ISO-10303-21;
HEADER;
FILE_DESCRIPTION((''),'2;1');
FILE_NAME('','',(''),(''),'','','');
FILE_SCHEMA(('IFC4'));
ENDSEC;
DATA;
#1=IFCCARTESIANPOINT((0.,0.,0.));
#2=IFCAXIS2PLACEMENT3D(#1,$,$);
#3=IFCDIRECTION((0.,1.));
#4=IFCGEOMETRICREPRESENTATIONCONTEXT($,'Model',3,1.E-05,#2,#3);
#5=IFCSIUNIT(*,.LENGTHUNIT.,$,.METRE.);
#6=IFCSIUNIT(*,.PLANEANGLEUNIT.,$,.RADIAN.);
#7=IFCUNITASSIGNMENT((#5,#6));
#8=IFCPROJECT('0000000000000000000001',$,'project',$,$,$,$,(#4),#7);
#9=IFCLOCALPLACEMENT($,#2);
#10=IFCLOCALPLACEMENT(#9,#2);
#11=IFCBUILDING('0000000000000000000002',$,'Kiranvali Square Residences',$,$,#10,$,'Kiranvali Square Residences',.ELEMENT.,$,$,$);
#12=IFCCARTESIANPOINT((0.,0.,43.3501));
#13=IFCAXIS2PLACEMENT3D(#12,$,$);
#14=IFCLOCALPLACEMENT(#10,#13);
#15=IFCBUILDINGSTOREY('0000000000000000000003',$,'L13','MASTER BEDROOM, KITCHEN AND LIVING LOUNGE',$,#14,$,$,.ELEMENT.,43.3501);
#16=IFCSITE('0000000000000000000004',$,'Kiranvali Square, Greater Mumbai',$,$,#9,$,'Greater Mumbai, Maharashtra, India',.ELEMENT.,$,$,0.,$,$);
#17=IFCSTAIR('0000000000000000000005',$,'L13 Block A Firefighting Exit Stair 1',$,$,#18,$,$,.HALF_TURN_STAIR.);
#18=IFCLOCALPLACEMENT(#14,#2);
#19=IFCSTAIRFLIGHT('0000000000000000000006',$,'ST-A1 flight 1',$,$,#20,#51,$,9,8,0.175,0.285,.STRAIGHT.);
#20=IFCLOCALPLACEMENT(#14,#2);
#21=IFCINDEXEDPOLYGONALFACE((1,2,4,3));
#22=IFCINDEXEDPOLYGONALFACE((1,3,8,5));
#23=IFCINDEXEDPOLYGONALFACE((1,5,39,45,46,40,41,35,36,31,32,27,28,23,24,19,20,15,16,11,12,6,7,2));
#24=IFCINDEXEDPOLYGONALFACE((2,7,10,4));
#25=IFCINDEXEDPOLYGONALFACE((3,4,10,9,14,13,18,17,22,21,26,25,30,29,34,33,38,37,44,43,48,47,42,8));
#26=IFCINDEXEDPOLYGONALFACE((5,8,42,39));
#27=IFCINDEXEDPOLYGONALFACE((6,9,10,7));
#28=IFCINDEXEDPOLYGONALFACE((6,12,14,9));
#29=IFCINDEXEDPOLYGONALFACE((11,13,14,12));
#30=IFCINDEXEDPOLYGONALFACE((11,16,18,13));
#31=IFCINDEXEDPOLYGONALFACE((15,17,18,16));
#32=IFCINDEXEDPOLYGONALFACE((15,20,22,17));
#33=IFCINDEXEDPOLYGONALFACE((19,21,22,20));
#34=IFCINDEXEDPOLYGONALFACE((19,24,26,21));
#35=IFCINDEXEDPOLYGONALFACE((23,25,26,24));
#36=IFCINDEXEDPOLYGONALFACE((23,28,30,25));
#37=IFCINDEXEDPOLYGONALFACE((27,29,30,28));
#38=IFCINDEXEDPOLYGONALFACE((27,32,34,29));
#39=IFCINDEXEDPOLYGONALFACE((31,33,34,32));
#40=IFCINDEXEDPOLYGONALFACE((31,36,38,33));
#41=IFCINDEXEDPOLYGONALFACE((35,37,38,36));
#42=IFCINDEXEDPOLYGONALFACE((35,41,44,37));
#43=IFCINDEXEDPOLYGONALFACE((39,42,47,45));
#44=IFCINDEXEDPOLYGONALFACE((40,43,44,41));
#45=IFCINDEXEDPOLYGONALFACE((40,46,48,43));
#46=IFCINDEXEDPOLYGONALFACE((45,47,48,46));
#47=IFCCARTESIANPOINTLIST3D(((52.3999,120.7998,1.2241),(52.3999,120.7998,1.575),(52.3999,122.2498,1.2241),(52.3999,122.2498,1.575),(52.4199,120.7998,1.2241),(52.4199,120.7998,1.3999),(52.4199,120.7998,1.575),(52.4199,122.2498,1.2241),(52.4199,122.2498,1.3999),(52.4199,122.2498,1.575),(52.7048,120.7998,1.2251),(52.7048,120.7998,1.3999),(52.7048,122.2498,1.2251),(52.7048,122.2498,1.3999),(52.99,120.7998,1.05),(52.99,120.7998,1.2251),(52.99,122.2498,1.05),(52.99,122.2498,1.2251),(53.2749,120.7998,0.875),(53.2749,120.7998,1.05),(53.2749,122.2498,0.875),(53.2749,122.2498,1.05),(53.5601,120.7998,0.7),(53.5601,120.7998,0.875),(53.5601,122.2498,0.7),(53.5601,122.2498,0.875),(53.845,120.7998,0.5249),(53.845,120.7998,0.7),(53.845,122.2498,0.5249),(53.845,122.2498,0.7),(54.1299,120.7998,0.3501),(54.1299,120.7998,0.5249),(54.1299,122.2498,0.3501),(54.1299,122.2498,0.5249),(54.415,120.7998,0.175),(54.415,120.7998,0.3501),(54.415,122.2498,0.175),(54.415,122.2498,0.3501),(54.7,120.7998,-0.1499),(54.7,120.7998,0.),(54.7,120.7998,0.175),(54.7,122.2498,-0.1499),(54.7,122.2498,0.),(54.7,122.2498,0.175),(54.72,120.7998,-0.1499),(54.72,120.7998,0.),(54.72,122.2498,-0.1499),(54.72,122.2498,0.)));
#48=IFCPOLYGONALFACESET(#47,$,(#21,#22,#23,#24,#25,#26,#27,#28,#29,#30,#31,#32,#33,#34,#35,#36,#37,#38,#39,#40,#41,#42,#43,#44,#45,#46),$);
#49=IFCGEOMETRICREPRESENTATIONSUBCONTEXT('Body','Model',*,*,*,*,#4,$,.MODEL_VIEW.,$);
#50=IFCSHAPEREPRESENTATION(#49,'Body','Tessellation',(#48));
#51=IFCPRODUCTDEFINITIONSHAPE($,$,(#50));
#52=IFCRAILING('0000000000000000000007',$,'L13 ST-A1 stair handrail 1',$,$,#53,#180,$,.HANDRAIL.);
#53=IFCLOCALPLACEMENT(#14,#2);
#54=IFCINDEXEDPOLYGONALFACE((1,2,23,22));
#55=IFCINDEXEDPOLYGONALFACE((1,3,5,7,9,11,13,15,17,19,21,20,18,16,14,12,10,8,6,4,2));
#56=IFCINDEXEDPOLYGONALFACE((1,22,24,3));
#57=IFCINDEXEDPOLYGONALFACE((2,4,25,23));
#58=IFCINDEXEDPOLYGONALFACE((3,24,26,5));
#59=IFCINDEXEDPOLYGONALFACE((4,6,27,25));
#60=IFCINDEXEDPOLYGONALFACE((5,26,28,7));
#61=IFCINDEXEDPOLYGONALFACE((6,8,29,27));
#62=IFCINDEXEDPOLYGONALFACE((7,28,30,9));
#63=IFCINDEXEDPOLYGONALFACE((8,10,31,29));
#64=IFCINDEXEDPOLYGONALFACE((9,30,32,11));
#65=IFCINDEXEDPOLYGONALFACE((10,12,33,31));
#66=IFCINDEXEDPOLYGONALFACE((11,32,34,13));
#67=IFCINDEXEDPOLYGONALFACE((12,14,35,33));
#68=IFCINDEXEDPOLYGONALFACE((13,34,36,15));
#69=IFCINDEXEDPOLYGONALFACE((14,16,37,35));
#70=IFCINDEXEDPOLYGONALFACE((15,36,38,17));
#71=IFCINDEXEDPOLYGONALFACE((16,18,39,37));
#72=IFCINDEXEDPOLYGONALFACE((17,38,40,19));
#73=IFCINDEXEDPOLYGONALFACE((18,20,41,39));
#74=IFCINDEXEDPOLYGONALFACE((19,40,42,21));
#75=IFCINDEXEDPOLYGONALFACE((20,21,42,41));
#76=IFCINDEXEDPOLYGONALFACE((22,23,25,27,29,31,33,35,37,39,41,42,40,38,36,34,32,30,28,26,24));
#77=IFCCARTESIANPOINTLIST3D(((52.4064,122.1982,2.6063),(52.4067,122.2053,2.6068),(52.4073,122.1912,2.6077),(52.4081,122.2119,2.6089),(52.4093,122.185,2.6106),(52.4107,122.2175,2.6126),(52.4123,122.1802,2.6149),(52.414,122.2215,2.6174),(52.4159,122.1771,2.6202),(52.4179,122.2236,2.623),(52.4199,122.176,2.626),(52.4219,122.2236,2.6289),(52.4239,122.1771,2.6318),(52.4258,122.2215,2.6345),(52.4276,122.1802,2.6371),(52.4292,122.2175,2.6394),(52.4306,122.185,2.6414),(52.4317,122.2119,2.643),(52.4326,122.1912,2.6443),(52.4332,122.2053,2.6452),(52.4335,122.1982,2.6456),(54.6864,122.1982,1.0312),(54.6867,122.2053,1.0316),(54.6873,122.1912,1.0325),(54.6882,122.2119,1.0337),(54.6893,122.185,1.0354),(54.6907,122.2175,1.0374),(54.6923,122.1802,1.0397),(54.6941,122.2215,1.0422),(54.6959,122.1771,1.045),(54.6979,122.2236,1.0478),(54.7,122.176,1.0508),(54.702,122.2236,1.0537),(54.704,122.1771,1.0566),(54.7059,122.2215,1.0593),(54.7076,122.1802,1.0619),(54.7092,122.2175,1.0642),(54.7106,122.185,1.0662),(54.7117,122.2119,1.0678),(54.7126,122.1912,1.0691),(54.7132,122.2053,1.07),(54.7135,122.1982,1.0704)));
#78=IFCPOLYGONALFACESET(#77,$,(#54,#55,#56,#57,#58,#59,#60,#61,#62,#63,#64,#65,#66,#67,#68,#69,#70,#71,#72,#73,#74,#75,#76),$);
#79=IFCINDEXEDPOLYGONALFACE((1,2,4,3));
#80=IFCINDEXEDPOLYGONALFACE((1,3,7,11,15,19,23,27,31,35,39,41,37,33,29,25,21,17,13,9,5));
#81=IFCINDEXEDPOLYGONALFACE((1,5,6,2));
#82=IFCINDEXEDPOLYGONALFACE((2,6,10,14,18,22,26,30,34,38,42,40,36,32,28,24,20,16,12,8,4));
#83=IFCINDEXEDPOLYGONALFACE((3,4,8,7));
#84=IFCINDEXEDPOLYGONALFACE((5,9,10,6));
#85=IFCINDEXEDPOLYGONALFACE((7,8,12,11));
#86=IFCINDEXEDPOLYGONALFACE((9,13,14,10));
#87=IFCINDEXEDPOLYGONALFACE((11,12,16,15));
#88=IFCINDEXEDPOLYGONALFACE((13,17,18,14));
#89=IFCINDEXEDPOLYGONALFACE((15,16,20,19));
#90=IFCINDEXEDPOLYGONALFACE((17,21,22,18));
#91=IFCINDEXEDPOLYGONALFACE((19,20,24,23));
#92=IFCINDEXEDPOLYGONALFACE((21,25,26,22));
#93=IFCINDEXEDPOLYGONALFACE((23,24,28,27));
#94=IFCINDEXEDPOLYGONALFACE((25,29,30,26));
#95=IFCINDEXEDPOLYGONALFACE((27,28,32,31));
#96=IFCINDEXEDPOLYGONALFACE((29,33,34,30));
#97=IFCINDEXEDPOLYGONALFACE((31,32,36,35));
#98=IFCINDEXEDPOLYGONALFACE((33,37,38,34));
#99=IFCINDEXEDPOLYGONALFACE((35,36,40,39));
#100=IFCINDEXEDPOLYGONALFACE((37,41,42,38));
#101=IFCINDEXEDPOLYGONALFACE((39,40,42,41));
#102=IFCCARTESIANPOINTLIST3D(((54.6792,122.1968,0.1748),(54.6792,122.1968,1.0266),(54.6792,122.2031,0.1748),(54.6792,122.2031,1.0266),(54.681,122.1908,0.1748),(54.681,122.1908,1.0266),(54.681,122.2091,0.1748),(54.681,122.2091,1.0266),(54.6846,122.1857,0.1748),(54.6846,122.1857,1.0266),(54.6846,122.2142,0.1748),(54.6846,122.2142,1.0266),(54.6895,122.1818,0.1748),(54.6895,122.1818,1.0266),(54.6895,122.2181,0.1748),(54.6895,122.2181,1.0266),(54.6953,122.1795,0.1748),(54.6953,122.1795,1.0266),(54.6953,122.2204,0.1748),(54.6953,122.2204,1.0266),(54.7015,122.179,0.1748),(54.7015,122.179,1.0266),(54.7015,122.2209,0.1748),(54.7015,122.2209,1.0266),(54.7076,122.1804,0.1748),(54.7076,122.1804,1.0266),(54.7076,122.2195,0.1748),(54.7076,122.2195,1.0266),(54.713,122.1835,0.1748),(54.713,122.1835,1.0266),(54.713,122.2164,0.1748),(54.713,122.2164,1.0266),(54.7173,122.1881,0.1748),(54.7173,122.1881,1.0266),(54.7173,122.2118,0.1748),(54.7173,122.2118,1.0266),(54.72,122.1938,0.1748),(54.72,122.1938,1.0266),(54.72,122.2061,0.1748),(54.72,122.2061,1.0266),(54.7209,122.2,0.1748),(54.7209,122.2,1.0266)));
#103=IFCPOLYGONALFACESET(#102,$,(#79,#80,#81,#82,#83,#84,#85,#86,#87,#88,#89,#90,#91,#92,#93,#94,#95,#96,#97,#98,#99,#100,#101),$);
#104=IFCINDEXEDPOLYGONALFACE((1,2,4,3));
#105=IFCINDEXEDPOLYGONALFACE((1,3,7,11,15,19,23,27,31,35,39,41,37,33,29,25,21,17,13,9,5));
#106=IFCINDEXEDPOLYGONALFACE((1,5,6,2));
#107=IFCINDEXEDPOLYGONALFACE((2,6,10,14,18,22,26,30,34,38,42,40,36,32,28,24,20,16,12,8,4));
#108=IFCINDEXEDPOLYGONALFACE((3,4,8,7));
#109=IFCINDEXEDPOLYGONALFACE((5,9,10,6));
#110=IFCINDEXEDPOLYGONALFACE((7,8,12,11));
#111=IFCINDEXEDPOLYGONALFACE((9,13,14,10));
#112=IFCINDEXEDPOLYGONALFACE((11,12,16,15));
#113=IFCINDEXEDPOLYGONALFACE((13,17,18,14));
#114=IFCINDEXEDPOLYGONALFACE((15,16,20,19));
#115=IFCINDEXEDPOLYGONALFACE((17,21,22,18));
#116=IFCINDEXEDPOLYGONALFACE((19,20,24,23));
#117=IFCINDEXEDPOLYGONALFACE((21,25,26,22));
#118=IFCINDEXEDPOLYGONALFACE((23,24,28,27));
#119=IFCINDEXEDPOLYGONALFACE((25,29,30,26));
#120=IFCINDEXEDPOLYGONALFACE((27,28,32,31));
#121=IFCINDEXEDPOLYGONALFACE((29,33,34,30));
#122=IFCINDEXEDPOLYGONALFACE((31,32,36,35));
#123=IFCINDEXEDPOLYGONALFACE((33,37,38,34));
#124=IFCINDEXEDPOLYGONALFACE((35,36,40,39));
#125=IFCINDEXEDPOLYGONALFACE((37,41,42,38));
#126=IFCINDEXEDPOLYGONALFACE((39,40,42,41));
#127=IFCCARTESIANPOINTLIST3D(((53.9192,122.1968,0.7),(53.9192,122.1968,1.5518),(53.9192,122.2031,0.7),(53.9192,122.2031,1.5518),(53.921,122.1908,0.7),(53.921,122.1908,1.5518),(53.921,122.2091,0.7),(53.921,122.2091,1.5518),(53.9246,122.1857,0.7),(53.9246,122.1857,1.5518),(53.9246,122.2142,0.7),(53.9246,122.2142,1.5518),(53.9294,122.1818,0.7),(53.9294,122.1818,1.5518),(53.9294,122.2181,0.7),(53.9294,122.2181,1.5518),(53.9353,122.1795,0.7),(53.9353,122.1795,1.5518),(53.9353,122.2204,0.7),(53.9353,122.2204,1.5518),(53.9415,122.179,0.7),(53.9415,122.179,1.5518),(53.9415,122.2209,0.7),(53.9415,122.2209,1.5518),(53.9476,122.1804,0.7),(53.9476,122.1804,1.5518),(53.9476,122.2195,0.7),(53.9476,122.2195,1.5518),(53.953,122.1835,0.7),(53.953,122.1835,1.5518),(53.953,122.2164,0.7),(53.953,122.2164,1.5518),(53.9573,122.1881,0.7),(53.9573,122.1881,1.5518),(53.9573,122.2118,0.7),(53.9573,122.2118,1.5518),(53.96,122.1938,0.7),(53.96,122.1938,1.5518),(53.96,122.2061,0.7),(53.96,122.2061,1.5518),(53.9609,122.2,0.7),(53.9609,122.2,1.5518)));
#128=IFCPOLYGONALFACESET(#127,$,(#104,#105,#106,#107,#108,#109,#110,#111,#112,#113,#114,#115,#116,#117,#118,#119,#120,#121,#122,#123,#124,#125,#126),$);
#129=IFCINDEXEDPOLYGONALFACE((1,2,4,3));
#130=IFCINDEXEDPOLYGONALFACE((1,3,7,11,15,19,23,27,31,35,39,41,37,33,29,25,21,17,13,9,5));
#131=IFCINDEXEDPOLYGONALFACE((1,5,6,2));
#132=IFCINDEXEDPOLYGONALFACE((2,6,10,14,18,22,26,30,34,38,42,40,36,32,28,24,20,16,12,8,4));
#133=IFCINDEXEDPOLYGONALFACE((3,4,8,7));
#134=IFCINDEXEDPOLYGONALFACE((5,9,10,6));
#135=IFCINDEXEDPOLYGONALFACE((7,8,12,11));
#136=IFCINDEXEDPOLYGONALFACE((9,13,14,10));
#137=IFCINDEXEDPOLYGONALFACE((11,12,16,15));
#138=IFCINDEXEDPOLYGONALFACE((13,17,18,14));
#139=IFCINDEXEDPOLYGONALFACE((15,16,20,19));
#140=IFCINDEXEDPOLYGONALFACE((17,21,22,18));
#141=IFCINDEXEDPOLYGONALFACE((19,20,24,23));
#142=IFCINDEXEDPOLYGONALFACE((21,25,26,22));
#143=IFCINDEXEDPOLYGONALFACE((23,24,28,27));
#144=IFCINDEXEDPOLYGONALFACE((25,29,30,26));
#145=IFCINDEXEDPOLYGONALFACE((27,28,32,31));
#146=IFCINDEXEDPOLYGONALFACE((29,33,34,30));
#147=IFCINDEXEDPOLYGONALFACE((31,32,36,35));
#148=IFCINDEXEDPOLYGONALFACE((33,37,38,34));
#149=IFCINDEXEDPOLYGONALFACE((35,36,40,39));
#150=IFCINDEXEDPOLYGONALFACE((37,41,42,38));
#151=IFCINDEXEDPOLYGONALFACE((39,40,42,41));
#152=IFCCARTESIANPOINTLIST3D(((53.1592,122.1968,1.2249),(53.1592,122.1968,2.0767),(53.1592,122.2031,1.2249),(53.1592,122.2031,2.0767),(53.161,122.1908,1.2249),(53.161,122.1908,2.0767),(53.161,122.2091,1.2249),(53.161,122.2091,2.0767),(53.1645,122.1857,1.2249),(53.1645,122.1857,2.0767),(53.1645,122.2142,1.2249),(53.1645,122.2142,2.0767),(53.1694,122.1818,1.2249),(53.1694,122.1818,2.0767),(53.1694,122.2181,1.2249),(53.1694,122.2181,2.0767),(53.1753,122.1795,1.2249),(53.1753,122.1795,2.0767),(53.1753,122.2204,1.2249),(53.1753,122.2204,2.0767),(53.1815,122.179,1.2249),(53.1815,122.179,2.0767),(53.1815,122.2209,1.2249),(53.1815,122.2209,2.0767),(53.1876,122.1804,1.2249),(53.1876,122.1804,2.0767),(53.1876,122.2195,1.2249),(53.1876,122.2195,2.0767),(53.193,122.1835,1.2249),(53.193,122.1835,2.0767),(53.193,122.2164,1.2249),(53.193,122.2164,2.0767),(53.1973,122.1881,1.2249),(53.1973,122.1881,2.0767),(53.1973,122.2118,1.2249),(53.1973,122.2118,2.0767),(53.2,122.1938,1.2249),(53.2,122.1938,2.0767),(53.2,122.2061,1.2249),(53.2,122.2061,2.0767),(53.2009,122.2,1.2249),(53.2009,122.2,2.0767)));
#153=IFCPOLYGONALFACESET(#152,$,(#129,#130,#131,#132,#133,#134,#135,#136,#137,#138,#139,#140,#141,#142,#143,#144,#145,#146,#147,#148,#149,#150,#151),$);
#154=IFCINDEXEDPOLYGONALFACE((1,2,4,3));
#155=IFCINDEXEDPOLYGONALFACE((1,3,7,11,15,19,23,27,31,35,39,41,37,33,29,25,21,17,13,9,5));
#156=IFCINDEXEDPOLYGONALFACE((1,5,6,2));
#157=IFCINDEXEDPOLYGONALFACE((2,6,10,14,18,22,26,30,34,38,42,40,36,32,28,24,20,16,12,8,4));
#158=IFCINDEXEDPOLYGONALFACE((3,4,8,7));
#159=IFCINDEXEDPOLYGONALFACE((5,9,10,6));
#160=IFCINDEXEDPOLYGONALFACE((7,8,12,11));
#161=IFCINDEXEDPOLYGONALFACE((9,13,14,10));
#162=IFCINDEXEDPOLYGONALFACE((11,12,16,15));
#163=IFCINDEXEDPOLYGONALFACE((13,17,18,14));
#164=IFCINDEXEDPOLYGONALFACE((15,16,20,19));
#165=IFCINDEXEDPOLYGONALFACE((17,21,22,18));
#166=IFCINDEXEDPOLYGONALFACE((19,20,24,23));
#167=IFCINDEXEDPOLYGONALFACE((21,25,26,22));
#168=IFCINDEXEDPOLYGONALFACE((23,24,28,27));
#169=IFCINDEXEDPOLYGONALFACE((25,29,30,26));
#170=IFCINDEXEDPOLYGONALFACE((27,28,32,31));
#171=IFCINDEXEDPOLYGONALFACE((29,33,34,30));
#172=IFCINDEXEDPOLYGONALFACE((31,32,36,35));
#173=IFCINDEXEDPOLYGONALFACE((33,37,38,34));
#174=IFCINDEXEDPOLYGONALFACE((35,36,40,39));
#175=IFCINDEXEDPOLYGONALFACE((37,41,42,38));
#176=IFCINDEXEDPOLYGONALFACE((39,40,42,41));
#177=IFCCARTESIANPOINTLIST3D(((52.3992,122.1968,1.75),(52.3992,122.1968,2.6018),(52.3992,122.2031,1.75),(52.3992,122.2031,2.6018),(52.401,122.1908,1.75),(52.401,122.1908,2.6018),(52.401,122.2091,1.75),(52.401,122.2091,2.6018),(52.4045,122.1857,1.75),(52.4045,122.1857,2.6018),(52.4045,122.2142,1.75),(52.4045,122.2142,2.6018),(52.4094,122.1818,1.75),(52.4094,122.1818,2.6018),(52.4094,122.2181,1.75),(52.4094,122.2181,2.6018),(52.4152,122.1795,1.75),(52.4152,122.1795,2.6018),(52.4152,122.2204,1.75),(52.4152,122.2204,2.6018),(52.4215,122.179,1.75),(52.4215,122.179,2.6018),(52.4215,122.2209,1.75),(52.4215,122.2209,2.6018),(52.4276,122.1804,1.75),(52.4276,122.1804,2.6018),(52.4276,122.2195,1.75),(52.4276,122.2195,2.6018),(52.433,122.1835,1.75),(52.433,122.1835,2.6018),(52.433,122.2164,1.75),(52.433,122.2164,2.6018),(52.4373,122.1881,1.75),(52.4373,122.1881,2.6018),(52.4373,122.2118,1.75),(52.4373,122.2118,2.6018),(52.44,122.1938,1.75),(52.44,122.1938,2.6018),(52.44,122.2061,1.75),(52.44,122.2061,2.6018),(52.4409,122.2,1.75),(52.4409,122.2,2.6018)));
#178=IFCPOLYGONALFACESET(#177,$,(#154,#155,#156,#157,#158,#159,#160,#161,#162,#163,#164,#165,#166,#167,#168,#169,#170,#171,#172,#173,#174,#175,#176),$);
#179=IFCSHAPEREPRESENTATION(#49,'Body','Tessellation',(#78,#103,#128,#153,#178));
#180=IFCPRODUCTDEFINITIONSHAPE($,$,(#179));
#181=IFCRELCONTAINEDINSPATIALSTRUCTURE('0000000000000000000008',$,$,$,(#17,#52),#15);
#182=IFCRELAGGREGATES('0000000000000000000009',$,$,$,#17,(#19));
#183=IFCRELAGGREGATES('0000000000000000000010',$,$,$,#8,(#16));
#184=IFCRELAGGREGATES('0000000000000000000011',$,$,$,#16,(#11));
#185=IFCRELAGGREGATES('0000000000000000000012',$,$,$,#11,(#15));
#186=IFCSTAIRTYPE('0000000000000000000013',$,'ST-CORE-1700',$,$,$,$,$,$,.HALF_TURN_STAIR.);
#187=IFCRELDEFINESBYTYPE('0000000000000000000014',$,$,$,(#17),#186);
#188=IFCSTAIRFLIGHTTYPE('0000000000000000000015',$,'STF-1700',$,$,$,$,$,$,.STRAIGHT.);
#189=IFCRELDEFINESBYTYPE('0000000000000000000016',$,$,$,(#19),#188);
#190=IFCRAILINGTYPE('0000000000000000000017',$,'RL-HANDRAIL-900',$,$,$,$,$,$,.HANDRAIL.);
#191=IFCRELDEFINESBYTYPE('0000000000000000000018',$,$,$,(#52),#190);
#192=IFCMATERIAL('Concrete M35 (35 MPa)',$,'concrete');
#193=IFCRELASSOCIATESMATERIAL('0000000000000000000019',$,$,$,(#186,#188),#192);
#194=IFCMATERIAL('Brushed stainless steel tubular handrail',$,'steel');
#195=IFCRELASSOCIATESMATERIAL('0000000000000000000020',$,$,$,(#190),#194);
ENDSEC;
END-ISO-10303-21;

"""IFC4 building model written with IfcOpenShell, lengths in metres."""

from ifc_helpers import new_model, si_unit, direction, frame, origin, origin_2d, place, context, subcontext, project, spatial, polyline, circle, outline, extrude, material, type_object, element, aggregate, save


model = new_model("IFC4")

# Units and contexts
model_context = context("Model", 3, precision=1e-05, world=origin(), true_north=direction((0.0, 1.0)))
body_context = subcontext(model_context, "Body", "Model", "MODEL_VIEW")
ifc_project = project(units=[si_unit("LENGTHUNIT", "METRE"), si_unit("PLANEANGLEUNIT", "RADIAN")], contexts=[model_context])

# Site, building, storey
site_placement = place(None, origin())
site = spatial("IfcSite", under=ifc_project, at=site_placement, Name="Kiranvali Square, Greater Mumbai", LongName="Greater Mumbai, Maharashtra, India", CompositionType="ELEMENT", RefElevation=0.0)
building_placement = place(site_placement, origin())
building = spatial("IfcBuilding", under=site, at=building_placement, Name="Kiranvali Square Residences", LongName="Kiranvali Square Residences", CompositionType="ELEMENT")
storey_placement = place(building_placement, frame((0.0, 0.0, 43.3501)))
storey = spatial("IfcBuildingStorey", under=building, at=storey_placement, Name="L13", Description="MASTER BEDROOM, KITCHEN AND LIVING LOUNGE", CompositionType="ELEMENT", Elevation=43.3501)

# Stair, stair flight
ifc_material_1 = material(Name="Concrete M35 (35 MPa)", Category="concrete")
stair_type = type_object("IfcStairType", Name="ST-CORE-1700", PredefinedType="HALF_TURN_STAIR", material=ifc_material_1)
stair_placement = place(storey_placement, origin())
stair = element("IfcStair", 1, at=stair_placement, inside=storey, type_object=stair_type, Name="L13 Block A Firefighting Exit Stair 1", PredefinedType="HALF_TURN_STAIR")
stair_flight_type = type_object("IfcStairFlightType", Name="STF-1700", PredefinedType="STRAIGHT", material=ifc_material_1)
stair_flight_placement = place(storey_placement, frame((54.7, 121.5249, 0.0), z_axis=(0.0, 0.0, 1.0), x_axis=(-1.0, 0.0, 0.0)))
stair_flight = element("IfcStairFlight", 2, at=stair_flight_placement, type_object=stair_flight_type, Name="ST-A1 flight 1", NumberOfRisers=9, NumberOfTreads=8, PredefinedType="STRAIGHT", RiserHeight=0.175, TreadLength=0.285, context=body_context, shape_type="SweptSolid", body=[
    extrude(outline(polyline([(-0.02, -0.1499), (-0.02, 0.0), (0.0, 0.0), (0.0, 0.175), (0.2849, 0.175), (0.2849, 0.3501), (0.5701, 0.3501), (0.5701, 0.5249), (0.855, 0.5249), (0.855, 0.7), (1.1399, 0.7), (1.1399, 0.875), (1.425, 0.875), (1.425, 1.05), (1.71, 1.05), (1.71, 1.2251), (1.9951, 1.2251), (1.9951, 1.3999), (2.28, 1.3999), (2.28, 1.575), (2.3, 1.575), (2.3, 1.2241), (2.28, 1.2241), (0.0, -0.1499), (-0.02, -0.1499)])), frame((0.0, 0.7251, 0.0), z_axis=(0.0, -1.0, 0.0), x_axis=(1.0, 0.0, 0.0)), (0.0, 0.0, 1.0), 1.45),
])
aggregate(stair, [stair_flight])

# Railing
ifc_material_2 = material(Name="Brushed stainless steel tubular handrail", Category="steel")
railing_type_1 = type_object("IfcRailingType", Name="RL-HANDRAIL-900", PredefinedType="HANDRAIL", material=ifc_material_2)
railing_1_placement = place(storey_placement, frame((54.7, 122.2, 0.1748)))
element("IfcRailing", 3, at=railing_1_placement, inside=storey, type_object=railing_type_1, Name="L13 ST-A1 stair handrail 1", PredefinedType="HANDRAIL", context=body_context, shape_type="SweptSolid", body=[
    extrude(circle(Radius=0.0239, at=origin_2d()), frame((0.0, 0.0, 0.876), z_axis=(-0.822747, 0.0, 0.568408), x_axis=(0.0, -1.0, 0.0)), (0.0, 0.0, 1.0), 2.7712),
    extrude(circle(Radius=0.021, at=origin_2d()), origin(), (0.0, 0.0, 1.0), 0.8518),
    extrude(circle(Radius=0.021, at=origin_2d()), frame((-0.76, 0.0, 0.5251)), (0.0, 0.0, 1.0), 0.8518),
    extrude(circle(Radius=0.021, at=origin_2d()), frame((-1.52, 0.0, 1.05)), (0.0, 0.0, 1.0), 0.8518),
    extrude(circle(Radius=0.021, at=origin_2d()), frame((-2.28, 0.0, 1.5752)), (0.0, 0.0, 1.0), 0.8518),
])

save(model, "model.ifc")
